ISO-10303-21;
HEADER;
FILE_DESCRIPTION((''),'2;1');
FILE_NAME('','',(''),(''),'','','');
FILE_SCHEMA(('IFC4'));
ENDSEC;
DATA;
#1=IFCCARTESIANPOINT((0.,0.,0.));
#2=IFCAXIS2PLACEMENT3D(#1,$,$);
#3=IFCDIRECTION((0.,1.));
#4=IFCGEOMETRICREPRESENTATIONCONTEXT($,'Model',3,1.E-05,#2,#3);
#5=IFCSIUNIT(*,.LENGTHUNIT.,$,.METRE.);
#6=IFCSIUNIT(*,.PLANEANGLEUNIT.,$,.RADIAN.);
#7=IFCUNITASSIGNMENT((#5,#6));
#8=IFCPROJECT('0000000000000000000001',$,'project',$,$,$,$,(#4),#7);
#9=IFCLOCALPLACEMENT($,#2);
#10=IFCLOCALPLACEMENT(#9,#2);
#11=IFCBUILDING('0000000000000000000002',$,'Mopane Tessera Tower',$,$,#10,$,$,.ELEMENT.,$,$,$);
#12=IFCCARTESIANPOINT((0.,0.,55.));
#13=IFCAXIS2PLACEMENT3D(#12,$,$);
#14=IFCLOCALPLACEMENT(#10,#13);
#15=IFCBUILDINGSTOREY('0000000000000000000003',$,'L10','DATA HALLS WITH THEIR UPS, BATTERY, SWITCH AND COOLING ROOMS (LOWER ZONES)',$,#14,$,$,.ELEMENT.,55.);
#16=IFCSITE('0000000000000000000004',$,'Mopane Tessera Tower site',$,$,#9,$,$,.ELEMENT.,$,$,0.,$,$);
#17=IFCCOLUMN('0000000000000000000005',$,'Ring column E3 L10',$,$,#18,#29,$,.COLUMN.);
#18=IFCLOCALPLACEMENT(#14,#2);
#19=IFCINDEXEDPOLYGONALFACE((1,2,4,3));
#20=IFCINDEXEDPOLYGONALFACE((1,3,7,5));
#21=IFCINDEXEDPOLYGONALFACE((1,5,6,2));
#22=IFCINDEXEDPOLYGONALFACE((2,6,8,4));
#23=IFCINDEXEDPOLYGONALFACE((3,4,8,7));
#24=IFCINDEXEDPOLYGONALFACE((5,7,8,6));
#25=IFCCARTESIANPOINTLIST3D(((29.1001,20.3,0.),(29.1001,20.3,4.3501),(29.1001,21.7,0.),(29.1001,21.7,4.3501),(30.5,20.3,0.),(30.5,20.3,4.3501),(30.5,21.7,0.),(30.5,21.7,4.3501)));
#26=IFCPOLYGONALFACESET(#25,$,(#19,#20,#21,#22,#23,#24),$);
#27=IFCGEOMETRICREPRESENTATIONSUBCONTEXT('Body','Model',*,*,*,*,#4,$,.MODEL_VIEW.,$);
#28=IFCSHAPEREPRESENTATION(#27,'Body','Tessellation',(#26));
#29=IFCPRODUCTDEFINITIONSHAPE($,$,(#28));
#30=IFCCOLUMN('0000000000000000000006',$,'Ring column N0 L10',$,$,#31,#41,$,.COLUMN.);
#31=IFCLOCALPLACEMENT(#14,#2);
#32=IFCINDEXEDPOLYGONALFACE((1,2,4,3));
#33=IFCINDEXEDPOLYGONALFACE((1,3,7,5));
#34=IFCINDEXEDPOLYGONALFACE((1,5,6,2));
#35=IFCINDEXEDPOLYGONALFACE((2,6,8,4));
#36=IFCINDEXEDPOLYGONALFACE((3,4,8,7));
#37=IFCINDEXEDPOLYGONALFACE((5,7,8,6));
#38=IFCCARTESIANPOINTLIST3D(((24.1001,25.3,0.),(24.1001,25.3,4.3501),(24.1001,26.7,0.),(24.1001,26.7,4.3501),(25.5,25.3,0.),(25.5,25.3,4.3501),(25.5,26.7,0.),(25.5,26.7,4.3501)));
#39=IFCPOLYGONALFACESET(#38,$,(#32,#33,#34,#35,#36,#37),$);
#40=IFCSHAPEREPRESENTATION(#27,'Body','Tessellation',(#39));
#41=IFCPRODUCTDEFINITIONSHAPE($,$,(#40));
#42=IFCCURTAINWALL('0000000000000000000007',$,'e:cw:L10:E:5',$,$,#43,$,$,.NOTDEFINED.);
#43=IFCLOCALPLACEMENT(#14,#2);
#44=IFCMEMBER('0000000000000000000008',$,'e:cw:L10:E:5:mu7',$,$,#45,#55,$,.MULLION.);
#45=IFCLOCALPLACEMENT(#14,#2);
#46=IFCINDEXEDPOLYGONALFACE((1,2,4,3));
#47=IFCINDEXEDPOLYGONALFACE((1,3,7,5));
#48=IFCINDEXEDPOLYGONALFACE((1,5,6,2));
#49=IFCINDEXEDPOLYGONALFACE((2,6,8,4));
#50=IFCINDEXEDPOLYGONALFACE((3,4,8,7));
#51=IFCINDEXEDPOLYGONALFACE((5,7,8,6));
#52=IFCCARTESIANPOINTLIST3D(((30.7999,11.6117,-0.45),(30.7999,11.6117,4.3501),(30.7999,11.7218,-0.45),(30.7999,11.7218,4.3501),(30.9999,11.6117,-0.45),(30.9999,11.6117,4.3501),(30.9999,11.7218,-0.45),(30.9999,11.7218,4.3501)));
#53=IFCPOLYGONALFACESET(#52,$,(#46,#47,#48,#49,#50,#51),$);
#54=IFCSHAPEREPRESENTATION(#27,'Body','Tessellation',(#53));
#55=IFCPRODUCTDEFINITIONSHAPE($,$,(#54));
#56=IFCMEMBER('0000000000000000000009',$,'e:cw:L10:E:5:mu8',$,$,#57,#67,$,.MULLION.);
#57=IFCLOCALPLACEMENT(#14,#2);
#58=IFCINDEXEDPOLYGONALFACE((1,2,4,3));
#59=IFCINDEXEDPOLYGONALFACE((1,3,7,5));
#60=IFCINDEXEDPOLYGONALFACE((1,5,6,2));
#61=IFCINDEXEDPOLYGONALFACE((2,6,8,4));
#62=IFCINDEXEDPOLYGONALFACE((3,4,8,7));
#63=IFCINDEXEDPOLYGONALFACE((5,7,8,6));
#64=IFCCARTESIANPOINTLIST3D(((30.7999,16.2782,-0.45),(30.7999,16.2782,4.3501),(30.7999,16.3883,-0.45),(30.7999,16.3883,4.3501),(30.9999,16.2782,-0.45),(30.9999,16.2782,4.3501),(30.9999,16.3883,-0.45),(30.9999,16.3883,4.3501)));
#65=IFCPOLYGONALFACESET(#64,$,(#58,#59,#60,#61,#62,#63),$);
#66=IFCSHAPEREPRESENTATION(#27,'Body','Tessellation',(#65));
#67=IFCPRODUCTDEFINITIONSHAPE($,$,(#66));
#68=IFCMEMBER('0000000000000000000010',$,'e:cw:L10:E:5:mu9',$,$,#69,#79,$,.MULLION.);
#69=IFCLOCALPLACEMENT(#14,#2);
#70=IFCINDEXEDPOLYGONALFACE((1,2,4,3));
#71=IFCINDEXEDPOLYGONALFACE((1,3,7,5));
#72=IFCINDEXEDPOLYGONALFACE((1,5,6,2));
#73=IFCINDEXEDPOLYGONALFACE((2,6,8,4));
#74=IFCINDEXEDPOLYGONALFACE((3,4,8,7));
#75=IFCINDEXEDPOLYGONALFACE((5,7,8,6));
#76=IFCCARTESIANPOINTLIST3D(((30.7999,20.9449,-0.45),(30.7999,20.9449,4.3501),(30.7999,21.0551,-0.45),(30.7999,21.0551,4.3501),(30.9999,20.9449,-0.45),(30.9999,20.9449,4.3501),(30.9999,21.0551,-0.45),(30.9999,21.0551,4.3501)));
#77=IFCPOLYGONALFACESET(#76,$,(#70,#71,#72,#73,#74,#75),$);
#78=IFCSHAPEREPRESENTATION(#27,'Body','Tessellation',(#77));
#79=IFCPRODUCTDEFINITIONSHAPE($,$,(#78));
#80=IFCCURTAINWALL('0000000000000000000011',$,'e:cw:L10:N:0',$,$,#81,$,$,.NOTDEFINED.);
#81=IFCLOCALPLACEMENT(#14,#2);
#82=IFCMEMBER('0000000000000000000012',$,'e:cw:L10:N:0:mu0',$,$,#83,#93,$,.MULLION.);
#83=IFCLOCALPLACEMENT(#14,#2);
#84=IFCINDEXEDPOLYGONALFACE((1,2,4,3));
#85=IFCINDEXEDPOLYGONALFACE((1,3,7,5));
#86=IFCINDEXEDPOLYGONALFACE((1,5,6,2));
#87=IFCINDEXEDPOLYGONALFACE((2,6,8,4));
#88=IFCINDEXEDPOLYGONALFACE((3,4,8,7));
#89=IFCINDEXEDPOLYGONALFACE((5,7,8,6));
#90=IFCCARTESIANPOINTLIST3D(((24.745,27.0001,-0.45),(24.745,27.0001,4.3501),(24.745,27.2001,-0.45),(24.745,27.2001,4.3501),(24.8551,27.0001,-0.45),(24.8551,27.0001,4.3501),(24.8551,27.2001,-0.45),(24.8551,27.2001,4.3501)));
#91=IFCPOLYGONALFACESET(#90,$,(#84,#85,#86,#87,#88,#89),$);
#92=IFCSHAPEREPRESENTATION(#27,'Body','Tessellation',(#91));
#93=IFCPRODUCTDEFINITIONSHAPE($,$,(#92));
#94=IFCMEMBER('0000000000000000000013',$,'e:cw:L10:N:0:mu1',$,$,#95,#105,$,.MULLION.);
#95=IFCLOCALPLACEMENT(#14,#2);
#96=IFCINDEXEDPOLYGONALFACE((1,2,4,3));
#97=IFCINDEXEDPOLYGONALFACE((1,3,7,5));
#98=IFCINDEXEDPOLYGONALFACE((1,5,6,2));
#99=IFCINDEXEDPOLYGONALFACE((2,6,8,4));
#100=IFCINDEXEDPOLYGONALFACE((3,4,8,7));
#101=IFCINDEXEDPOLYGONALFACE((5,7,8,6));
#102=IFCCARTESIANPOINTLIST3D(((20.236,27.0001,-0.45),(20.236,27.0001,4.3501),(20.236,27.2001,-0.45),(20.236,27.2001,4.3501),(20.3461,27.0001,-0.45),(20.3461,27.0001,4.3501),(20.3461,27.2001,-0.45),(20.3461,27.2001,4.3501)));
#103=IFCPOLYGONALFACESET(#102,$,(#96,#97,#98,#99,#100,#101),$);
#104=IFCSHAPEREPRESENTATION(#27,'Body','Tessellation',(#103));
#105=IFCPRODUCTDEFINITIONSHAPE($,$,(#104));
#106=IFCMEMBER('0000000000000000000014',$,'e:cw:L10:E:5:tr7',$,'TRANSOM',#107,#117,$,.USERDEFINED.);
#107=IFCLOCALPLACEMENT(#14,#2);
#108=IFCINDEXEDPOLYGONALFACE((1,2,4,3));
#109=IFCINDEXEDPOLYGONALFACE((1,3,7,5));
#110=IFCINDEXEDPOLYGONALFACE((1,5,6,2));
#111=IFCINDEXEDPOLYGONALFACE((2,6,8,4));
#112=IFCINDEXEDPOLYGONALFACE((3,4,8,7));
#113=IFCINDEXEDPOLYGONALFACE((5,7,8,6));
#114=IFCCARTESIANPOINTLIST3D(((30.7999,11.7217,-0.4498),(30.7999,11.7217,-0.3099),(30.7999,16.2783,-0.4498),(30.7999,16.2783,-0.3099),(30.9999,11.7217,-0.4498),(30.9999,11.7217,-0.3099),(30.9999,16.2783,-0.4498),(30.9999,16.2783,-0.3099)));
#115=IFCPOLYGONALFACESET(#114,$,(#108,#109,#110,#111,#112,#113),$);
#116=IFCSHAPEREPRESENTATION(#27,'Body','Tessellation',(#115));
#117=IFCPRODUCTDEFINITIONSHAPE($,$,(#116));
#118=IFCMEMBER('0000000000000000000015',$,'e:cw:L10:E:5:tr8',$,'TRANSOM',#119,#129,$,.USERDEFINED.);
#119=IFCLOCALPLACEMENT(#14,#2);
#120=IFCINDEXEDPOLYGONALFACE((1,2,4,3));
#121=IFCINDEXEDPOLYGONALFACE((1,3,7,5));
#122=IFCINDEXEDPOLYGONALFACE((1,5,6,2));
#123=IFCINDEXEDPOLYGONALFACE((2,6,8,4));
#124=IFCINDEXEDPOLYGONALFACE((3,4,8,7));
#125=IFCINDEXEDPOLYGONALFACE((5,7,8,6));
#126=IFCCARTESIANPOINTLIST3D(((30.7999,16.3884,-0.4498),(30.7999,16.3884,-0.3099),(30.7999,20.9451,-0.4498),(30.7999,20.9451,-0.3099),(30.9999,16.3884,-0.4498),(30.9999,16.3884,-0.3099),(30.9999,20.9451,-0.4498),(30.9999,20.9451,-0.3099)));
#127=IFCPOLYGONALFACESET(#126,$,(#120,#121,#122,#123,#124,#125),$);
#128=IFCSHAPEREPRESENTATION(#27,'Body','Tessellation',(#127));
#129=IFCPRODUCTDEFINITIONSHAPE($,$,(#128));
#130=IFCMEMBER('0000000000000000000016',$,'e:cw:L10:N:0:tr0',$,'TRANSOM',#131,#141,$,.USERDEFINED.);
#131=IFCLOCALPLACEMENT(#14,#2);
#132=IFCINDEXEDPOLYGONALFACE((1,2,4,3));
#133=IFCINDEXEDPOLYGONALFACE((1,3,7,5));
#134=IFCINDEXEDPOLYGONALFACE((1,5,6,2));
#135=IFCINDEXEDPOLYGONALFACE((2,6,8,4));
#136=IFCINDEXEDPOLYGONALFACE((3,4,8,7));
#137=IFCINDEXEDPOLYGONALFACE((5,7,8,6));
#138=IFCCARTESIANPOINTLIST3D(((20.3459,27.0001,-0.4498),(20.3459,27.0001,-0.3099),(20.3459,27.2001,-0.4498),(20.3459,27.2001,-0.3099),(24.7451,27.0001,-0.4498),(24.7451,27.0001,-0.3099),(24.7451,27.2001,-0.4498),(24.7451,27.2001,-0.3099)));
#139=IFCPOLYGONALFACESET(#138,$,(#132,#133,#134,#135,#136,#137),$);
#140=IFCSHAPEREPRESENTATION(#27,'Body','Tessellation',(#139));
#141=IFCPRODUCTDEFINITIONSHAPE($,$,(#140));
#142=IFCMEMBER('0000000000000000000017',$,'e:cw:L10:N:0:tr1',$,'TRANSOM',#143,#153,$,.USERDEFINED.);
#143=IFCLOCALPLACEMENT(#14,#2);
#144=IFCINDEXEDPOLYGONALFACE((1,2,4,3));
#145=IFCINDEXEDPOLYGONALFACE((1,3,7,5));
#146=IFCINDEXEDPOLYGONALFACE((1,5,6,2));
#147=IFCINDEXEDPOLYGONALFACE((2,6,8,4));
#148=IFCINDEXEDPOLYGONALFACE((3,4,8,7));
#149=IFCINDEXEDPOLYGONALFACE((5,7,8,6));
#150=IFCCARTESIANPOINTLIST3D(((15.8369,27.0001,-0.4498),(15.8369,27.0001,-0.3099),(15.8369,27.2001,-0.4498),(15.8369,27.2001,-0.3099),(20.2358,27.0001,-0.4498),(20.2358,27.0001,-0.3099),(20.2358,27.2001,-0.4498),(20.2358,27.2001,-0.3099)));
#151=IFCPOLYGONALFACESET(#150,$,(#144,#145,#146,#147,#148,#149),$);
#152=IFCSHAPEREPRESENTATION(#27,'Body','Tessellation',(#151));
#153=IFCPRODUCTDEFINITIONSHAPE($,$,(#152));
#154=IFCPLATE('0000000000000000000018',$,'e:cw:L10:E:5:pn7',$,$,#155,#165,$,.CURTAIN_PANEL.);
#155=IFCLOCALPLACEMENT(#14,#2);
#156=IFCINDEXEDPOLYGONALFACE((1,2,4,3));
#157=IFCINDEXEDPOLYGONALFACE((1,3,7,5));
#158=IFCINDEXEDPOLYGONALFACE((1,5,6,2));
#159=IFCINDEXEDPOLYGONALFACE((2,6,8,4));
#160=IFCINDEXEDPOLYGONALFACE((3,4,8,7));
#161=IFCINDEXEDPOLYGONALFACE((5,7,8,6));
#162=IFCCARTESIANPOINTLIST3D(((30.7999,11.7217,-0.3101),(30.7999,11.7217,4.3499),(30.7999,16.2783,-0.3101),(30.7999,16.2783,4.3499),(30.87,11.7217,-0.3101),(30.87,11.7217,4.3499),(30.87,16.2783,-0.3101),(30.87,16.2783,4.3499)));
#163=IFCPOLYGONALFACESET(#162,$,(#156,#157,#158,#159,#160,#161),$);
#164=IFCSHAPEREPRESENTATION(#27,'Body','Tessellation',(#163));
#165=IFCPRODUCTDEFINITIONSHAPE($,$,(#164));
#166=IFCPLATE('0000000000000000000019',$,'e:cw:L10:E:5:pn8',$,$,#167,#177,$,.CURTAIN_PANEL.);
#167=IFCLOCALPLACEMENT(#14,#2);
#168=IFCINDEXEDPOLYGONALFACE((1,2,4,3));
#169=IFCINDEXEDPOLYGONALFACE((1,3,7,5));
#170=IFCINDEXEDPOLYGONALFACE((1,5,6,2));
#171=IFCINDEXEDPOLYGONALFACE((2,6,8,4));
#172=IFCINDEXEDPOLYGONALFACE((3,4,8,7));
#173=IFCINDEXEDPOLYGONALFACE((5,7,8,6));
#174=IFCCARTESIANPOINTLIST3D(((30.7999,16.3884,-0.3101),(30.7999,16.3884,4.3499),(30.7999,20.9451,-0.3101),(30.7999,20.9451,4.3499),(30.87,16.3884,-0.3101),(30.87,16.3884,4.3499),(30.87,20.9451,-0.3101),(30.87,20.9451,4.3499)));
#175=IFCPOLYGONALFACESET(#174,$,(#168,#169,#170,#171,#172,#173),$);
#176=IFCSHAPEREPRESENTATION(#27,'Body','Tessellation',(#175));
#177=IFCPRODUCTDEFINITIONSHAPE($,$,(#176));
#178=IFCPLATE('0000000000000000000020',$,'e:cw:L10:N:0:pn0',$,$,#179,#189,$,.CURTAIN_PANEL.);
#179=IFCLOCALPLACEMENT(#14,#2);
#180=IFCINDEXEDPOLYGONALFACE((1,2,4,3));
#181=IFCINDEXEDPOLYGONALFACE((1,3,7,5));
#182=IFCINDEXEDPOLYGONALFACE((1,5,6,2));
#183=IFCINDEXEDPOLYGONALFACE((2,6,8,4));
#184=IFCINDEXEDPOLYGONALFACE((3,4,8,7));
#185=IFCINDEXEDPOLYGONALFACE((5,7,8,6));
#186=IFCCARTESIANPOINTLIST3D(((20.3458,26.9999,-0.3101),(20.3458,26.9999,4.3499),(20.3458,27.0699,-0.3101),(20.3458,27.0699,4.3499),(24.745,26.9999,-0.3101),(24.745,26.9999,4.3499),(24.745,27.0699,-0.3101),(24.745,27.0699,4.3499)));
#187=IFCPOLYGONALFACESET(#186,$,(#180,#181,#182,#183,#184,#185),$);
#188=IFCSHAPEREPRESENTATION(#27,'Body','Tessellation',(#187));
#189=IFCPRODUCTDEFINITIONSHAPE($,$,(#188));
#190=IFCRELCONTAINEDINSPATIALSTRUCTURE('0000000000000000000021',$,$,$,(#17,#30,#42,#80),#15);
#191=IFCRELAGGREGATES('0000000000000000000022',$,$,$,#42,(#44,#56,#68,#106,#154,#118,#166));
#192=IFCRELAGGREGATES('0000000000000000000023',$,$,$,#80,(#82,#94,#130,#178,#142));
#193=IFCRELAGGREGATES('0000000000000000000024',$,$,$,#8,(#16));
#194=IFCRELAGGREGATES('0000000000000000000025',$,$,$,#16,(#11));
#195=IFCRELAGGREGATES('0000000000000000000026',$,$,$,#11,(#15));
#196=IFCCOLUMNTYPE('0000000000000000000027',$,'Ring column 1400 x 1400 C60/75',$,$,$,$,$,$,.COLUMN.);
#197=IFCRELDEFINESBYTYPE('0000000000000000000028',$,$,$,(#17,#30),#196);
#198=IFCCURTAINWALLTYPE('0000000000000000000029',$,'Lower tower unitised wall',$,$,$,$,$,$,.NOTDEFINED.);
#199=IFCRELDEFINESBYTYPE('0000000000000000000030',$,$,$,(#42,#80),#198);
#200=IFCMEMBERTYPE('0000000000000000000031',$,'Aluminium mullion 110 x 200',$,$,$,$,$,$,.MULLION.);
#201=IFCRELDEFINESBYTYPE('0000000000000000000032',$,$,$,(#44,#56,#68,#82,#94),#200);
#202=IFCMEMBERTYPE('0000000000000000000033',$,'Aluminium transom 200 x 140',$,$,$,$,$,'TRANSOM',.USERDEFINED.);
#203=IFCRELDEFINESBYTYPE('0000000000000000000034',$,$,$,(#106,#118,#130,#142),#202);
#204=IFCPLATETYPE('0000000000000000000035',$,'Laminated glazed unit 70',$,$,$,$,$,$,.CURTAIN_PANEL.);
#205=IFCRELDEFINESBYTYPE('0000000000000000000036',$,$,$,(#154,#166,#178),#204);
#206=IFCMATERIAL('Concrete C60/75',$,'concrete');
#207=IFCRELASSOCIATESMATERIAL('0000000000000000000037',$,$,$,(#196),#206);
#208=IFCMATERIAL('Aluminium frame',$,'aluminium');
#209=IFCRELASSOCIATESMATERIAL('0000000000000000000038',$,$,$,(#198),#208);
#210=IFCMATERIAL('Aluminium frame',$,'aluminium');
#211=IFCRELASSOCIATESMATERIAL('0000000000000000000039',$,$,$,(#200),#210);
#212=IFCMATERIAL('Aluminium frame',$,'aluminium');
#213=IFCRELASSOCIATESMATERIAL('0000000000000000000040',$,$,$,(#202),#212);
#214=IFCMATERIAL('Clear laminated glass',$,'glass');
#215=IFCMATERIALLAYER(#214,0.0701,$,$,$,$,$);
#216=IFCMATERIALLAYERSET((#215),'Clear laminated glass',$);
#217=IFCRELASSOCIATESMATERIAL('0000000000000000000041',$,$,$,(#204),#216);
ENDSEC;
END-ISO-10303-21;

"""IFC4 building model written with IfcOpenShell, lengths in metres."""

from ifc_helpers import new_model, si_unit, direction, frame, origin, origin_2d, place, context, subcontext, project, spatial, rectangle, extrude, material, layer, layer_set, material_profile, profile_set, type_object, element, aggregate, save


model = new_model("IFC4")

# Units and contexts
model_context = context("Model", 3, precision=1e-05, world=origin(), true_north=direction((0.0, 1.0)))
body_context = subcontext(model_context, "Body", "Model", "MODEL_VIEW")
ifc_project = project(units=[si_unit("LENGTHUNIT", "METRE"), si_unit("PLANEANGLEUNIT", "RADIAN")], contexts=[model_context])

# Site, building, storey
site_placement = place(None, origin())
site = spatial("IfcSite", under=ifc_project, at=site_placement, Name="Mopane Tessera Tower site", CompositionType="ELEMENT", RefElevation=0.0)
building_placement = place(site_placement, origin())
building = spatial("IfcBuilding", under=site, at=building_placement, Name="Mopane Tessera Tower", CompositionType="ELEMENT")
storey_placement = place(building_placement, frame((0.0, 0.0, 55.0)))
storey = spatial("IfcBuildingStorey", under=building, at=storey_placement, Name="L10", Description="DATA HALLS WITH THEIR UPS, BATTERY, SWITCH AND COOLING ROOMS (LOWER ZONES)", CompositionType="ELEMENT", Elevation=55.0)

# Columns
ifc_material_1 = material(Name="Concrete C60/75", Category="concrete")
ifc_material_profile_1 = material_profile(ifc_material_1, rectangle(XDim=1.3999, YDim=1.3999, at=origin_2d()))
ifc_profile_set_1 = profile_set([ifc_material_profile_1], Name="Concrete C60/75")
column_type = type_object("IfcColumnType", Name="Ring column 1400 x 1400 C60/75", PredefinedType="COLUMN", material=ifc_profile_set_1)
for number, where, z_axis, x_axis, name in (
    (1, (29.8, 21.0, 0.0), (0.0, 0.0, 1.0), (1.0, 0.0, 0.0), "Ring column E3 L10"),
    (2, (24.8, 26.0, 0.0), (0.0, 0.0, 1.0), (1.0, 0.0, 0.0), "Ring column N0 L10"),
):
    element("IfcColumn", number, at=place(storey_placement, frame(where, z_axis=z_axis, x_axis=x_axis)), inside=storey, type_object=column_type, Name=name, PredefinedType="COLUMN", context=body_context, shape_type="SweptSolid", body=[
        extrude(rectangle(XDim=1.3999, YDim=1.3999, at=origin_2d()), origin(), (0.0, 0.0, 1.0), 4.3501),
    ])

# Curtain walls, members
ifc_material_2 = material(Name="Aluminium frame", Category="aluminium")
curtain_wall_type = type_object("IfcCurtainWallType", Name="Lower tower unitised wall", PredefinedType="NOTDEFINED", material=ifc_material_2)
curtain_wall_1_placement = place(storey_placement, origin())
curtain_wall_1 = element("IfcCurtainWall", 3, at=curtain_wall_1_placement, inside=storey, type_object=curtain_wall_type, Name="e:cw:L10:E:5", PredefinedType="NOTDEFINED")
ifc_material_3 = material(Name="Aluminium frame", Category="aluminium")
ifc_material_profile_2 = material_profile(ifc_material_3, rectangle(XDim=0.1101, YDim=0.2, at=origin_2d()))
ifc_profile_set_2 = profile_set([ifc_material_profile_2], Name="Aluminium frame")
member_type_1 = type_object("IfcMemberType", Name="Aluminium mullion 110 x 200", PredefinedType="MULLION", material=ifc_profile_set_2)
member_1_placement = place(storey_placement, frame((30.8999, 11.6667, -0.45), z_axis=(0.0, 0.0, 1.0), x_axis=(0.0, 1.0, 0.0)))
member_1 = element("IfcMember", 4, at=member_1_placement, type_object=member_type_1, Name="e:cw:L10:E:5:mu7", PredefinedType="MULLION", context=body_context, shape_type="SweptSolid", body=[
    extrude(rectangle(XDim=0.1101, YDim=0.2, at=origin_2d()), origin(), (0.0, 0.0, 1.0), 4.8),
])
member_2_placement = place(storey_placement, frame((30.8999, 16.3333, -0.45), z_axis=(0.0, 0.0, 1.0), x_axis=(0.0, 1.0, 0.0)))
member_2 = element("IfcMember", 5, at=member_2_placement, type_object=member_type_1, Name="e:cw:L10:E:5:mu8", PredefinedType="MULLION", context=body_context, shape_type="SweptSolid", body=[
    extrude(rectangle(XDim=0.1101, YDim=0.2, at=origin_2d()), origin(), (0.0, 0.0, 1.0), 4.8),
])
member_3_placement = place(storey_placement, frame((30.8999, 21.0, -0.45), z_axis=(0.0, 0.0, 1.0), x_axis=(0.0, 1.0, 0.0)))
member_3 = element("IfcMember", 6, at=member_3_placement, type_object=member_type_1, Name="e:cw:L10:E:5:mu9", PredefinedType="MULLION", context=body_context, shape_type="SweptSolid", body=[
    extrude(rectangle(XDim=0.1101, YDim=0.2, at=origin_2d()), origin(), (0.0, 0.0, 1.0), 4.8),
])
curtain_wall_2_placement = place(storey_placement, origin())
curtain_wall_2 = element("IfcCurtainWall", 7, at=curtain_wall_2_placement, inside=storey, type_object=curtain_wall_type, Name="e:cw:L10:N:0", PredefinedType="NOTDEFINED")
member_4_placement = place(storey_placement, frame((24.8, 27.1001, -0.45), z_axis=(0.0, 0.0, 1.0), x_axis=(-1.0, 0.0, 0.0)))
member_4 = element("IfcMember", 8, at=member_4_placement, type_object=member_type_1, Name="e:cw:L10:N:0:mu0", PredefinedType="MULLION", context=body_context, shape_type="SweptSolid", body=[
    extrude(rectangle(XDim=0.1101, YDim=0.2, at=origin_2d()), origin(), (0.0, 0.0, 1.0), 4.8),
])
member_5_placement = place(storey_placement, frame((20.291, 27.1001, -0.45), z_axis=(0.0, 0.0, 1.0), x_axis=(-1.0, 0.0, 0.0)))
member_5 = element("IfcMember", 9, at=member_5_placement, type_object=member_type_1, Name="e:cw:L10:N:0:mu1", PredefinedType="MULLION", context=body_context, shape_type="SweptSolid", body=[
    extrude(rectangle(XDim=0.1101, YDim=0.2, at=origin_2d()), origin(), (0.0, 0.0, 1.0), 4.8),
])

# Members
ifc_material_4 = material(Name="Aluminium frame", Category="aluminium")
ifc_material_profile_3 = material_profile(ifc_material_4, rectangle(XDim=0.2, YDim=0.1399, at=origin_2d()))
ifc_profile_set_3 = profile_set([ifc_material_profile_3], Name="Aluminium frame")
member_type_2 = type_object("IfcMemberType", Name="Aluminium transom 200 x 140", ElementType="TRANSOM", PredefinedType="USERDEFINED", material=ifc_profile_set_3)
member_6_placement = place(storey_placement, frame((30.8999, 11.7217, -0.3799), z_axis=(0.0, 1.0, 0.0), x_axis=(-1.0, 0.0, 0.0)))
member_6 = element("IfcMember", 10, at=member_6_placement, type_object=member_type_2, Name="e:cw:L10:E:5:tr7", ObjectType="TRANSOM", PredefinedType="USERDEFINED", context=body_context, shape_type="SweptSolid", body=[
    extrude(rectangle(XDim=0.2, YDim=0.1399, at=origin_2d()), origin(), (0.0, 0.0, 1.0), 4.5566),
])
member_7_placement = place(storey_placement, frame((30.8999, 16.3884, -0.3799), z_axis=(0.0, 1.0, 0.0), x_axis=(-1.0, 0.0, 0.0)))
member_7 = element("IfcMember", 11, at=member_7_placement, type_object=member_type_2, Name="e:cw:L10:E:5:tr8", ObjectType="TRANSOM", PredefinedType="USERDEFINED", context=body_context, shape_type="SweptSolid", body=[
    extrude(rectangle(XDim=0.2, YDim=0.1399, at=origin_2d()), origin(), (0.0, 0.0, 1.0), 4.5566),
])
member_8_placement = place(storey_placement, frame((24.7451, 27.1001, -0.3799), z_axis=(-1.0, 0.0, 0.0), x_axis=(0.0, -1.0, 0.0)))
member_8 = element("IfcMember", 12, at=member_8_placement, type_object=member_type_2, Name="e:cw:L10:N:0:tr0", ObjectType="TRANSOM", PredefinedType="USERDEFINED", context=body_context, shape_type="SweptSolid", body=[
    extrude(rectangle(XDim=0.2, YDim=0.1399, at=origin_2d()), origin(), (0.0, 0.0, 1.0), 4.3992),
])
member_9_placement = place(storey_placement, frame((20.2358, 27.1001, -0.3799), z_axis=(-1.0, 0.0, 0.0), x_axis=(0.0, -1.0, 0.0)))
member_9 = element("IfcMember", 13, at=member_9_placement, type_object=member_type_2, Name="e:cw:L10:N:0:tr1", ObjectType="TRANSOM", PredefinedType="USERDEFINED", context=body_context, shape_type="SweptSolid", body=[
    extrude(rectangle(XDim=0.2, YDim=0.1399, at=origin_2d()), origin(), (0.0, 0.0, 1.0), 4.3989),
])

# Plates
ifc_material_5 = material(Name="Clear laminated glass", Category="glass")
ifc_layer_1 = layer(ifc_material_5, 0.0701)
ifc_layer_set_1 = layer_set([ifc_layer_1], Name="Clear laminated glass")
plate_type = type_object("IfcPlateType", Name="Laminated glazed unit 70", PredefinedType="CURTAIN_PANEL", material=ifc_layer_set_1)
plate_1_placement = place(storey_placement, frame((30.835, 14.0, -0.3101), z_axis=(0.0, 0.0, 1.0), x_axis=(0.0, 1.0, 0.0)))
plate_1 = element("IfcPlate", 14, at=plate_1_placement, type_object=plate_type, Name="e:cw:L10:E:5:pn7", PredefinedType="CURTAIN_PANEL", context=body_context, shape_type="SweptSolid", body=[
    extrude(rectangle(XDim=4.5566, YDim=0.0701, at=origin_2d()), origin(), (0.0, 0.0, 1.0), 4.6599),
])
plate_2_placement = place(storey_placement, frame((30.835, 18.6667, -0.3101), z_axis=(0.0, 0.0, 1.0), x_axis=(0.0, 1.0, 0.0)))
plate_2 = element("IfcPlate", 15, at=plate_2_placement, type_object=plate_type, Name="e:cw:L10:E:5:pn8", PredefinedType="CURTAIN_PANEL", context=body_context, shape_type="SweptSolid", body=[
    extrude(rectangle(XDim=4.5566, YDim=0.0701, at=origin_2d()), origin(), (0.0, 0.0, 1.0), 4.6599),
])
aggregate(curtain_wall_1, [member_1, member_2, member_3, member_6, plate_1, member_7, plate_2])
plate_3_placement = place(storey_placement, frame((22.5454, 27.0349, -0.3101), z_axis=(0.0, 0.0, 1.0), x_axis=(-1.0, 0.0, 0.0)))
plate_3 = element("IfcPlate", 16, at=plate_3_placement, type_object=plate_type, Name="e:cw:L10:N:0:pn0", PredefinedType="CURTAIN_PANEL", context=body_context, shape_type="SweptSolid", body=[
    extrude(rectangle(XDim=4.3992, YDim=0.0701, at=origin_2d()), origin(), (0.0, 0.0, 1.0), 4.6599),
])
aggregate(curtain_wall_2, [member_4, member_5, member_8, plate_3, member_9])

save(model, "model.ifc")
